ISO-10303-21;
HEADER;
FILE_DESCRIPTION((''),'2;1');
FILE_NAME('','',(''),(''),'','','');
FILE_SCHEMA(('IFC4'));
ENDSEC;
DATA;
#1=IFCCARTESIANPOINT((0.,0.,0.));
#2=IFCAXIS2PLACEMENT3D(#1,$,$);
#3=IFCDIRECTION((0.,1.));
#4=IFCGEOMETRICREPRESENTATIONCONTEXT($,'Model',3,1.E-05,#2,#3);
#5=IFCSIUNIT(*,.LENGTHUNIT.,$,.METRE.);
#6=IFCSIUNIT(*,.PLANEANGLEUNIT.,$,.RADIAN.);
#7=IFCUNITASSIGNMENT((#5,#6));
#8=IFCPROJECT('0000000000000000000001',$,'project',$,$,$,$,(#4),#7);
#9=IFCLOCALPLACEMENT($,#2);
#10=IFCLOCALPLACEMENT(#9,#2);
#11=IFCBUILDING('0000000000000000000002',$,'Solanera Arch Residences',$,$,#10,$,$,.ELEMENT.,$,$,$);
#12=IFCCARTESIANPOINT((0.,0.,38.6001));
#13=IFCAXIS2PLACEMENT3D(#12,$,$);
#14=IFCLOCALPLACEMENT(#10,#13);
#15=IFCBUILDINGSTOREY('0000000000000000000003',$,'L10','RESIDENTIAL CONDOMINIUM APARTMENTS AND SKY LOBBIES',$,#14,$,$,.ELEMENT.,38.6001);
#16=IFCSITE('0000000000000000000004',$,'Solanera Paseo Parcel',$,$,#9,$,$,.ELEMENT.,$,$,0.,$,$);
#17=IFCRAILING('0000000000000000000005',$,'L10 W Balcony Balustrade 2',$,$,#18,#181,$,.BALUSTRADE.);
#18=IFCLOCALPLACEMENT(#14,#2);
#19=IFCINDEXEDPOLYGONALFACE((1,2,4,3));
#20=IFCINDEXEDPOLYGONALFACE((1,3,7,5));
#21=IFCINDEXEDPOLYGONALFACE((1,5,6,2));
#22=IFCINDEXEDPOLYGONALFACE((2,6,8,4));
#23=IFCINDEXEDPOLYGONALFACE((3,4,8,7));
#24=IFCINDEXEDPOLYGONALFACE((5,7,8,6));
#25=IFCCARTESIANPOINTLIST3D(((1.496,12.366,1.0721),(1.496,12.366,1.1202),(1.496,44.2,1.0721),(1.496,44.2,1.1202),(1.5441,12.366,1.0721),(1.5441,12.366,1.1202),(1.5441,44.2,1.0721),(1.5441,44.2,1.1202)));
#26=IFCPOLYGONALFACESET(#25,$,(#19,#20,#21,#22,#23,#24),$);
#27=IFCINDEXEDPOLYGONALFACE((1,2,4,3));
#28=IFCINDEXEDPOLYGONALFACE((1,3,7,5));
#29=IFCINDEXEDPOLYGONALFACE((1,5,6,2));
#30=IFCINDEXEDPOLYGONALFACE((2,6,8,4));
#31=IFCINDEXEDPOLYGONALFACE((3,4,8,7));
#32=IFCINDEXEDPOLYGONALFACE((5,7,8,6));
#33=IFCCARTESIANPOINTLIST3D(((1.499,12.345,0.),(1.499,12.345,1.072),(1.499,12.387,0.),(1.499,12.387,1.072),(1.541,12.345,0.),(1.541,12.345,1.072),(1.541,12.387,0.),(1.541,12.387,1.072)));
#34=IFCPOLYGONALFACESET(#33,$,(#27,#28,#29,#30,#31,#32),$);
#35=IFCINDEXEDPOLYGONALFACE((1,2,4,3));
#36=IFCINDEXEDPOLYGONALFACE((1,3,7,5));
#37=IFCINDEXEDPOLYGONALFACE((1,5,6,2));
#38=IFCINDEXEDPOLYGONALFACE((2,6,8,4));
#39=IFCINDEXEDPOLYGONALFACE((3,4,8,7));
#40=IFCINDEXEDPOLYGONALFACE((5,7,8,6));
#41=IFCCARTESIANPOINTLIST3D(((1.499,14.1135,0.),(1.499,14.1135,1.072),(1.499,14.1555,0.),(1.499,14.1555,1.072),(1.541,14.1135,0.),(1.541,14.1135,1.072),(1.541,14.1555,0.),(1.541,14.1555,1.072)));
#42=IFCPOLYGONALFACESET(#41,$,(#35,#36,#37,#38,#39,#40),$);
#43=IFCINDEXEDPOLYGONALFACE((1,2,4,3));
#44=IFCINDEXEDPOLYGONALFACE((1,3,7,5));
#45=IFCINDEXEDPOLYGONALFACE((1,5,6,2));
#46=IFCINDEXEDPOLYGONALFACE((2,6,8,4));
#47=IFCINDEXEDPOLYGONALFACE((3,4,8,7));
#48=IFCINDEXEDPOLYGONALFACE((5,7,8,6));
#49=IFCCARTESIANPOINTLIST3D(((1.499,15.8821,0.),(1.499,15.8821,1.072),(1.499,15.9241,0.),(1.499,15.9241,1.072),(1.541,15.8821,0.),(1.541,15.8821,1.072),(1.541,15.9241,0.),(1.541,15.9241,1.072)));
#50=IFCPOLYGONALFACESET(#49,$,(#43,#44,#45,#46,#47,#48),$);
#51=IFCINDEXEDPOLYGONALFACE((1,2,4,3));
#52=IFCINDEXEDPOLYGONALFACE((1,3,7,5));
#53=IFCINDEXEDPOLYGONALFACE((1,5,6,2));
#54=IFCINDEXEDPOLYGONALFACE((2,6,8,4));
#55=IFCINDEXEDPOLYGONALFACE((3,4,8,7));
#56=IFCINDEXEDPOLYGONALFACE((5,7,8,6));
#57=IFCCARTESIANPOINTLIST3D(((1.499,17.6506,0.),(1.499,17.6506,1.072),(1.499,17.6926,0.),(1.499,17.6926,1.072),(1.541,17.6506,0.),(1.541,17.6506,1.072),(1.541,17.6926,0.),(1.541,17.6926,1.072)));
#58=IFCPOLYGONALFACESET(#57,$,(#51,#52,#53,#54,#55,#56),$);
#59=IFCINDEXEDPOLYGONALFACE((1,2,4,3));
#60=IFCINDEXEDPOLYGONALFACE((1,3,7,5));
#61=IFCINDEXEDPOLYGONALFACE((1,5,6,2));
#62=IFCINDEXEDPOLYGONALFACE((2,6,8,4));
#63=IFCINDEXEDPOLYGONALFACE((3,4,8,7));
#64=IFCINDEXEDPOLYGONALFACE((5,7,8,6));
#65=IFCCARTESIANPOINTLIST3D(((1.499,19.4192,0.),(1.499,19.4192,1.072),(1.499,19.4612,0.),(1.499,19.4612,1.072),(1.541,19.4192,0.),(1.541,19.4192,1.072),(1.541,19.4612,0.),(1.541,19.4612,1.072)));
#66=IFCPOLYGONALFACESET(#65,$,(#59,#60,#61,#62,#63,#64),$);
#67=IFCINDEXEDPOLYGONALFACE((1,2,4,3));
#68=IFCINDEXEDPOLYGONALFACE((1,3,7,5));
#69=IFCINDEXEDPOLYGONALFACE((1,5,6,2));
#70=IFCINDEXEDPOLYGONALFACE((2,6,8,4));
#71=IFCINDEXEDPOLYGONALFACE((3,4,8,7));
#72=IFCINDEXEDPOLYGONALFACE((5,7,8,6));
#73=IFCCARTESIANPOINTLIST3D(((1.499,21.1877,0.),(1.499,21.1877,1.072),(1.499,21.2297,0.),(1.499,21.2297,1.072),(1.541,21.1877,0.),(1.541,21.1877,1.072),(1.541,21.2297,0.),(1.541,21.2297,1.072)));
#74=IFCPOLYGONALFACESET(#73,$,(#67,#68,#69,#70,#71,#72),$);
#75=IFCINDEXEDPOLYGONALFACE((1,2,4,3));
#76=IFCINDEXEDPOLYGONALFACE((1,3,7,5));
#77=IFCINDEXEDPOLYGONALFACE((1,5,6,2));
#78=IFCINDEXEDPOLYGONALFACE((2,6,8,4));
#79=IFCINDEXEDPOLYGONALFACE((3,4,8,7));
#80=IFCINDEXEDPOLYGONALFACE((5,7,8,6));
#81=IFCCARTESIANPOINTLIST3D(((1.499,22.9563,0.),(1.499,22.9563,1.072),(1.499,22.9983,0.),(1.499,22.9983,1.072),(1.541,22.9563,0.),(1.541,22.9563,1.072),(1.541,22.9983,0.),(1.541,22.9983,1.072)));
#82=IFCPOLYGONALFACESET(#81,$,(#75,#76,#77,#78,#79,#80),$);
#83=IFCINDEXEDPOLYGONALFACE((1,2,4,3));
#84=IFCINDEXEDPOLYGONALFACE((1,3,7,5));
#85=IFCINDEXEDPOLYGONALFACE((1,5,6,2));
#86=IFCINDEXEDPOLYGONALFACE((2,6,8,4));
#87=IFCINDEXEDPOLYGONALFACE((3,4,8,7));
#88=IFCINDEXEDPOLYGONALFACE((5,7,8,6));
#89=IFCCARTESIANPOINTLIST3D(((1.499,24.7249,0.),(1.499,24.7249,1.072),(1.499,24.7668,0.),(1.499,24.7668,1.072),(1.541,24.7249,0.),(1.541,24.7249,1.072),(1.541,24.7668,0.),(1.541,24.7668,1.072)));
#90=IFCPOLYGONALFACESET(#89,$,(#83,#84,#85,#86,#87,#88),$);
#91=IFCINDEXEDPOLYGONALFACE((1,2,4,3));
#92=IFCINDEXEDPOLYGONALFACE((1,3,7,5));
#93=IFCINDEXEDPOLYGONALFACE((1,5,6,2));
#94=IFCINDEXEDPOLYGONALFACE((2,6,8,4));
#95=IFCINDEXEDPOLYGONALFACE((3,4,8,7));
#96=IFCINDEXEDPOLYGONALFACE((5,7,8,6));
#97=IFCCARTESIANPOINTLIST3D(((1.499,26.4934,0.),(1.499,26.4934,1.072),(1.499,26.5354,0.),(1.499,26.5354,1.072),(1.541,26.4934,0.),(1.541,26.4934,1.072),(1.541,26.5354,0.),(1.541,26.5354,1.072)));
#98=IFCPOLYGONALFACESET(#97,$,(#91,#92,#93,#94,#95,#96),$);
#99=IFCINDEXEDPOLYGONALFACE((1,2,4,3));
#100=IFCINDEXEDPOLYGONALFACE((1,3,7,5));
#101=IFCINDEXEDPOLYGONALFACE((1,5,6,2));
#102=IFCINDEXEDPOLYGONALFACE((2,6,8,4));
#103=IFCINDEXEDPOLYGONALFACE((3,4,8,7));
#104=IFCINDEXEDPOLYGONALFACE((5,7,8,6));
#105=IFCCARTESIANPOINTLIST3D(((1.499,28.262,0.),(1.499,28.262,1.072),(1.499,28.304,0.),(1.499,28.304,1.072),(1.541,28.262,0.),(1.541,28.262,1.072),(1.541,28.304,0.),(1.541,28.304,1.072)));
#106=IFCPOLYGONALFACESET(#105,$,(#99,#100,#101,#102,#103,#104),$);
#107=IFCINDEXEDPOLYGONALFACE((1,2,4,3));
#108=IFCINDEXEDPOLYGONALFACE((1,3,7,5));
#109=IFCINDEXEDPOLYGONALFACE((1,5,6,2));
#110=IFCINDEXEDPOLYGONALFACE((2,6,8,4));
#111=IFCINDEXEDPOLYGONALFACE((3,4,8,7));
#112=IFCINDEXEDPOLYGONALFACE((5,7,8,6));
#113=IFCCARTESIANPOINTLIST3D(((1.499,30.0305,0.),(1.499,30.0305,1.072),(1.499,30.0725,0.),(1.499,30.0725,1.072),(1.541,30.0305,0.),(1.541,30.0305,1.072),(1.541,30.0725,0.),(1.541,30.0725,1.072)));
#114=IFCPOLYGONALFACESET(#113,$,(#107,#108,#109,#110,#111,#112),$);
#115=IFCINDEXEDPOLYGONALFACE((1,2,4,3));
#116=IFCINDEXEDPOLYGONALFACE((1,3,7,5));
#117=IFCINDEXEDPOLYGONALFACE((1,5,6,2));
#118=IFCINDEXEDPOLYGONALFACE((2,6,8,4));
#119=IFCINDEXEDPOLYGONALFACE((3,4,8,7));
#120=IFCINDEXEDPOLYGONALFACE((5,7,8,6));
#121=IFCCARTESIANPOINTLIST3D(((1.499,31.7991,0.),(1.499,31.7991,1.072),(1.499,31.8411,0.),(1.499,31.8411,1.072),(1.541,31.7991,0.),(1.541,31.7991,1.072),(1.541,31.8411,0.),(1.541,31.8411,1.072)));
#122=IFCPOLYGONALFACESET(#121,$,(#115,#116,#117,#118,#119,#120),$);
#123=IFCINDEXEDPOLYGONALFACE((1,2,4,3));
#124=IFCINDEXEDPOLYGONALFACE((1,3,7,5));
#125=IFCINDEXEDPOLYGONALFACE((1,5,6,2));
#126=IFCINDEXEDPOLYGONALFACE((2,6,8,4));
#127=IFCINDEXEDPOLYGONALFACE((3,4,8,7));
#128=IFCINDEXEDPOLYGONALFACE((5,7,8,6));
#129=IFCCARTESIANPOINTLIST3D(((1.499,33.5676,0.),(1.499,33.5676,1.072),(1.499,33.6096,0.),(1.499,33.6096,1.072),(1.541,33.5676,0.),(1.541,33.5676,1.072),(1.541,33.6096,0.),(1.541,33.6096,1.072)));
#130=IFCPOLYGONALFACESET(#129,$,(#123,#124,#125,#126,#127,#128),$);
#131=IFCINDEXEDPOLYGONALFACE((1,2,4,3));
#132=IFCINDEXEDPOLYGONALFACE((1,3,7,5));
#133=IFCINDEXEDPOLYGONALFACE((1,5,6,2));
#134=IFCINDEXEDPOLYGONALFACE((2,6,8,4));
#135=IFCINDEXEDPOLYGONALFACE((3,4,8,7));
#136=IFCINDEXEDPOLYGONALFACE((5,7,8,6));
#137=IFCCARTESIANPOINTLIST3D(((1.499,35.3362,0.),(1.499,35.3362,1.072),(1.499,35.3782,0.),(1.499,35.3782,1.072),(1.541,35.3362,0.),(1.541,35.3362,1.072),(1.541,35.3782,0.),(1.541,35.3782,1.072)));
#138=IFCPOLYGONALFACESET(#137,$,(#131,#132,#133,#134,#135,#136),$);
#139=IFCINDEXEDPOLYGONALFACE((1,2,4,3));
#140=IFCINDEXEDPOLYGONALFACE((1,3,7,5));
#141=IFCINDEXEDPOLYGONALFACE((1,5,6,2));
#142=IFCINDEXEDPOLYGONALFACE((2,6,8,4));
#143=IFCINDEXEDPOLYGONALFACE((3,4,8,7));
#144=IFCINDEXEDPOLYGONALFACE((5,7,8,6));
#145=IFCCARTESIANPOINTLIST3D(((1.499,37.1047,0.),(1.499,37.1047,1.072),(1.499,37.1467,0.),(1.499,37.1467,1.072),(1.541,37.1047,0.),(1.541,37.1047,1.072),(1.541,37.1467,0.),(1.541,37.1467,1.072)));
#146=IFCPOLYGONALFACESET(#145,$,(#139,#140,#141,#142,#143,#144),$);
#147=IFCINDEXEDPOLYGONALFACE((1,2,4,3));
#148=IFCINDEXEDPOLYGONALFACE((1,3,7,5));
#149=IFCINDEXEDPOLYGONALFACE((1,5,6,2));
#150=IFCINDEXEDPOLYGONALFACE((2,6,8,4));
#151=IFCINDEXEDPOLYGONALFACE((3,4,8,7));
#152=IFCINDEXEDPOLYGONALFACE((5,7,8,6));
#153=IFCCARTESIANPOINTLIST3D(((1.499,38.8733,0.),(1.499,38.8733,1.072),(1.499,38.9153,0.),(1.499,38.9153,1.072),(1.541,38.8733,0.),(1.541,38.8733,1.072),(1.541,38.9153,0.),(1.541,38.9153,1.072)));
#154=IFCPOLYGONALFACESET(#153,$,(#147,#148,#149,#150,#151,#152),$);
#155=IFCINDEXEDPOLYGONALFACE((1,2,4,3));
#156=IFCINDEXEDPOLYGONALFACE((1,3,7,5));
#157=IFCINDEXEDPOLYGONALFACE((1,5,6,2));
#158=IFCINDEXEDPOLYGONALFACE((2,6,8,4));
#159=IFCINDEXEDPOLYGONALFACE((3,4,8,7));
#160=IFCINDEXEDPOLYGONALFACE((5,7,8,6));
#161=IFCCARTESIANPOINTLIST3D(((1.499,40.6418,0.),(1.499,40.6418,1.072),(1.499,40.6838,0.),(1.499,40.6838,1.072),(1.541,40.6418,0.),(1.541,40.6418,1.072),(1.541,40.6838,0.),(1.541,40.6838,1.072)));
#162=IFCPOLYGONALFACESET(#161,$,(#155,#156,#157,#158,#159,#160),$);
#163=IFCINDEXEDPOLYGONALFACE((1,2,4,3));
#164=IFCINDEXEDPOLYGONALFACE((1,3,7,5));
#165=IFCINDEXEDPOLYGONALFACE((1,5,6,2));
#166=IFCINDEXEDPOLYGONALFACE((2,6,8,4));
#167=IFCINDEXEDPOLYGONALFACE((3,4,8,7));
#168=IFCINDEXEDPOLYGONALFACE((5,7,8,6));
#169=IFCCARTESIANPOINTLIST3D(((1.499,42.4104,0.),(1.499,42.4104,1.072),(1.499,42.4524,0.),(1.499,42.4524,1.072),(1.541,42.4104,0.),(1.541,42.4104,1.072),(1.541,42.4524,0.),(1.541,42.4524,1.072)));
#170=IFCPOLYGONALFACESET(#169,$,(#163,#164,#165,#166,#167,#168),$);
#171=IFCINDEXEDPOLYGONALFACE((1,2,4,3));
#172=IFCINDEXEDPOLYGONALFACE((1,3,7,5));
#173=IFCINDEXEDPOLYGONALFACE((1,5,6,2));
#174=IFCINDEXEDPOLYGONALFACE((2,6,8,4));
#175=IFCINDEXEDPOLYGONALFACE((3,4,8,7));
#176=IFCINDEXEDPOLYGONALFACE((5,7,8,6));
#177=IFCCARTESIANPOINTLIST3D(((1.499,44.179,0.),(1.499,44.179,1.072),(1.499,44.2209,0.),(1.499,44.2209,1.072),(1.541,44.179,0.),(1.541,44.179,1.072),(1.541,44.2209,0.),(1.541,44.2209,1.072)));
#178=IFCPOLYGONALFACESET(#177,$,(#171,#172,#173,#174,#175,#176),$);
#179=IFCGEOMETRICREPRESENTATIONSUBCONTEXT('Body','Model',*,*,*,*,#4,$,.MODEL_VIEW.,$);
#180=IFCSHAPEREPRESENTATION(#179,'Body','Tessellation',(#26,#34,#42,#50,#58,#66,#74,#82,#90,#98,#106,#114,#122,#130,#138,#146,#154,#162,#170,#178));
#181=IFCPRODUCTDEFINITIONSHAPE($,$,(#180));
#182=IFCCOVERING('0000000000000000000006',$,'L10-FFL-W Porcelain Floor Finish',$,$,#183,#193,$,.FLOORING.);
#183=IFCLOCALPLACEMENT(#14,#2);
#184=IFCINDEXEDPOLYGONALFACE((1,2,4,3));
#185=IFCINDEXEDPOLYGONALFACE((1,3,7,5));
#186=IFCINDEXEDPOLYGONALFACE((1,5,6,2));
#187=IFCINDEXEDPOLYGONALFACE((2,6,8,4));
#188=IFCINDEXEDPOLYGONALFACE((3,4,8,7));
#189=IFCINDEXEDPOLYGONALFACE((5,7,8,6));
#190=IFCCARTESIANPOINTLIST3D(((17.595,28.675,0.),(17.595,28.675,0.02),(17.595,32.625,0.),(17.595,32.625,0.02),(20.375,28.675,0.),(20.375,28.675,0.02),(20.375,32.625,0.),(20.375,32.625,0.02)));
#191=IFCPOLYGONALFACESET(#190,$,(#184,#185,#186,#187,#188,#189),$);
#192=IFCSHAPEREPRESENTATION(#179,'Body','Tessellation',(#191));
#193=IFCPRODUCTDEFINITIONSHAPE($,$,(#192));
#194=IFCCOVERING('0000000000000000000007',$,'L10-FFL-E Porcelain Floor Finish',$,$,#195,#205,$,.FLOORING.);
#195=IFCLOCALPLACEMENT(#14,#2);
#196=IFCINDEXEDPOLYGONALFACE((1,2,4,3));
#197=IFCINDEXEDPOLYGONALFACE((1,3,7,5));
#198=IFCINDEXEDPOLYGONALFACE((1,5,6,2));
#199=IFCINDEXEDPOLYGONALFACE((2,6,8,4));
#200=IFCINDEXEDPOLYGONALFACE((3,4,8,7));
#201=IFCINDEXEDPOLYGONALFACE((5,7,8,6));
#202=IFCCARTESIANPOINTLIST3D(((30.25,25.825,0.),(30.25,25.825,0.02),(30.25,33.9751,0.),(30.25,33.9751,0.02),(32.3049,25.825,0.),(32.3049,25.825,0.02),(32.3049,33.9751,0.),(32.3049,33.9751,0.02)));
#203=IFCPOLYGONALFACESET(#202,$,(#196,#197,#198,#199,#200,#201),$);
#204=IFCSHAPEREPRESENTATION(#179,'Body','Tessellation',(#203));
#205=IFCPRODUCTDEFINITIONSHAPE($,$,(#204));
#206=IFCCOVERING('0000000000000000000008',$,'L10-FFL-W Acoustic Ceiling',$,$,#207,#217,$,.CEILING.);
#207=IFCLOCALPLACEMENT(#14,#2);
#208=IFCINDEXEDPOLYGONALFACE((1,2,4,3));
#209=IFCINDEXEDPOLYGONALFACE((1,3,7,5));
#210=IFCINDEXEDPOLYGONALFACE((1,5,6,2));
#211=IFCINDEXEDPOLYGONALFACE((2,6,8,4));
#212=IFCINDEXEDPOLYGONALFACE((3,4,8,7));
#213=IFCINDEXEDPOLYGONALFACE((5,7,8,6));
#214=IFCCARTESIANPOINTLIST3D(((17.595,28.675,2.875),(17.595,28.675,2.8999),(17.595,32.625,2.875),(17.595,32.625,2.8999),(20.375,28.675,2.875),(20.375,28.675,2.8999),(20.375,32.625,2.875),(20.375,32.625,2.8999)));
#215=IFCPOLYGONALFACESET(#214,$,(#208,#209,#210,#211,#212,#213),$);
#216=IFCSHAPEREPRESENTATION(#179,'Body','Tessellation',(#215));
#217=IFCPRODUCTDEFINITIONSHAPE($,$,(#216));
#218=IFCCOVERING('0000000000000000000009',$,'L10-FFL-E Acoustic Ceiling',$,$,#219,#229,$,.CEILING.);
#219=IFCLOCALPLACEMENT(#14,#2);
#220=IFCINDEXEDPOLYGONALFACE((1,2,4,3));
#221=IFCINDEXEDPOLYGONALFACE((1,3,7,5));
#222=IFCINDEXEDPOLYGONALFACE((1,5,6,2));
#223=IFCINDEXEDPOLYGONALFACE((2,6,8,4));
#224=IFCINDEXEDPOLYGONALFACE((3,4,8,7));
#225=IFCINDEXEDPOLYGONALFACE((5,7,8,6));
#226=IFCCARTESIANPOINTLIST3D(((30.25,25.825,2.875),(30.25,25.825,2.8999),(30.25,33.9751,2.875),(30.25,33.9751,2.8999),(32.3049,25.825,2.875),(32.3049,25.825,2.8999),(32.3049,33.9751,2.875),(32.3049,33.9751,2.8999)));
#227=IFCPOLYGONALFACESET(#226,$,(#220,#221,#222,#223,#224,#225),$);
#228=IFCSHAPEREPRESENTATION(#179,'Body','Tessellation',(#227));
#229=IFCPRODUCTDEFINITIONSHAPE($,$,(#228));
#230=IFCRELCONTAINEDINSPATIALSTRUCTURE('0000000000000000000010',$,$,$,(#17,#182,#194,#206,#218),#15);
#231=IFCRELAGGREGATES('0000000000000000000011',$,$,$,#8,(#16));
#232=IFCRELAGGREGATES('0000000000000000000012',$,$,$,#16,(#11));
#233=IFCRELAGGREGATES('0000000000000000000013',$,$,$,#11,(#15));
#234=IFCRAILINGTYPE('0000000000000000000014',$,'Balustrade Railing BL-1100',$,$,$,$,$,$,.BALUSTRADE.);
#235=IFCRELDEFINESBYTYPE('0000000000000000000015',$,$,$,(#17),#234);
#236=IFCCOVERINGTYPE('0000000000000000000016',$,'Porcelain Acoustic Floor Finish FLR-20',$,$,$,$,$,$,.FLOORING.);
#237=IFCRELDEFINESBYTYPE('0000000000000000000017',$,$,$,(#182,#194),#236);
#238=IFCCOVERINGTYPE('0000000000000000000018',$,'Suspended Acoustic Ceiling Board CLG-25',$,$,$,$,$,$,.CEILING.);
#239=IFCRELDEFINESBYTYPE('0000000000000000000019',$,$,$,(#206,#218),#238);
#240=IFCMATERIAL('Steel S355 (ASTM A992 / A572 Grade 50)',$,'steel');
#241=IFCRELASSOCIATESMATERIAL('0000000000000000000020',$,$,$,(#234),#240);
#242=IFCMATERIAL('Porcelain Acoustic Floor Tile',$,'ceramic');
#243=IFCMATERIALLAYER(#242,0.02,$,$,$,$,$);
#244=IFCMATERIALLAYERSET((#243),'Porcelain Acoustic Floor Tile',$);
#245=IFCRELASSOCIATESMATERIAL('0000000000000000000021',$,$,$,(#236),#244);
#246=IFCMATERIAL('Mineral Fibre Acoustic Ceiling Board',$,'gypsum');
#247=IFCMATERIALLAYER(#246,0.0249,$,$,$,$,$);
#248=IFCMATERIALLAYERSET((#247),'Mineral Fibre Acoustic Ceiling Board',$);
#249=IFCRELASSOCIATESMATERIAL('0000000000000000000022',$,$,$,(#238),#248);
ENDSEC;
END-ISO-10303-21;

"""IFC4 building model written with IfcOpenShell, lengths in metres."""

from ifc_helpers import new_model, si_unit, direction, frame, origin, origin_2d, place, context, subcontext, project, spatial, polyline, rectangle, outline, extrude, material, layer, layer_set, type_object, element, save


model = new_model("IFC4")

# Units and contexts
model_context = context("Model", 3, precision=1e-05, world=origin(), true_north=direction((0.0, 1.0)))
body_context = subcontext(model_context, "Body", "Model", "MODEL_VIEW")
ifc_project = project(units=[si_unit("LENGTHUNIT", "METRE"), si_unit("PLANEANGLEUNIT", "RADIAN")], contexts=[model_context])

# Site, building, storey
site_placement = place(None, origin())
site = spatial("IfcSite", under=ifc_project, at=site_placement, Name="Solanera Paseo Parcel", CompositionType="ELEMENT", RefElevation=0.0)
building_placement = place(site_placement, origin())
building = spatial("IfcBuilding", under=site, at=building_placement, Name="Solanera Arch Residences", CompositionType="ELEMENT")
storey_placement = place(building_placement, frame((0.0, 0.0, 38.6001)))
storey = spatial("IfcBuildingStorey", under=building, at=storey_placement, Name="L10", Description="RESIDENTIAL CONDOMINIUM APARTMENTS AND SKY LOBBIES", CompositionType="ELEMENT", Elevation=38.6001)

# Railing
ifc_material_1 = material(Name="Steel S355 (ASTM A992 / A572 Grade 50)", Category="steel")
railing_type = type_object("IfcRailingType", Name="Balustrade Railing BL-1100", PredefinedType="BALUSTRADE", material=ifc_material_1)
railing_placement = place(storey_placement, frame((1.52, 12.366, 0.0)))
element("IfcRailing", 1, at=railing_placement, inside=storey, type_object=railing_type, Name="L10 W Balcony Balustrade 2", PredefinedType="BALUSTRADE", context=body_context, shape_type="SweptSolid", body=[
    extrude(rectangle(XDim=0.0481, YDim=0.0481, at=origin_2d()), frame((0.0, 0.0, 1.0962), z_axis=(0.0, 1.0, 0.0), x_axis=(-1.0, 0.0, 0.0)), (0.0, 0.0, 1.0), 31.834),
    extrude(rectangle(XDim=0.042, YDim=0.042, at=origin_2d()), origin(), (0.0, 0.0, 1.0), 1.072),
    extrude(rectangle(XDim=0.042, YDim=0.042, at=origin_2d()), frame((0.0, 1.7686, 0.0)), (0.0, 0.0, 1.0), 1.072),
    extrude(rectangle(XDim=0.042, YDim=0.042, at=origin_2d()), frame((0.0, 3.5371, 0.0)), (0.0, 0.0, 1.0), 1.072),
    extrude(rectangle(XDim=0.042, YDim=0.042, at=origin_2d()), frame((0.0, 5.3057, 0.0)), (0.0, 0.0, 1.0), 1.072),
    extrude(rectangle(XDim=0.042, YDim=0.042, at=origin_2d()), frame((0.0, 7.0742, 0.0)), (0.0, 0.0, 1.0), 1.072),
    extrude(rectangle(XDim=0.042, YDim=0.042, at=origin_2d()), frame((0.0, 8.8428, 0.0)), (0.0, 0.0, 1.0), 1.072),
    extrude(rectangle(XDim=0.042, YDim=0.042, at=origin_2d()), frame((0.0, 10.6113, 0.0)), (0.0, 0.0, 1.0), 1.072),
    extrude(rectangle(XDim=0.042, YDim=0.042, at=origin_2d()), frame((0.0, 12.3799, 0.0)), (0.0, 0.0, 1.0), 1.072),
    extrude(rectangle(XDim=0.042, YDim=0.042, at=origin_2d()), frame((0.0, 14.1484, 0.0)), (0.0, 0.0, 1.0), 1.072),
    extrude(rectangle(XDim=0.042, YDim=0.042, at=origin_2d()), frame((0.0, 15.917, 0.0)), (0.0, 0.0, 1.0), 1.072),
    extrude(rectangle(XDim=0.042, YDim=0.042, at=origin_2d()), frame((0.0, 17.6855, 0.0)), (0.0, 0.0, 1.0), 1.072),
    extrude(rectangle(XDim=0.042, YDim=0.042, at=origin_2d()), frame((0.0, 19.4541, 0.0)), (0.0, 0.0, 1.0), 1.072),
    extrude(rectangle(XDim=0.042, YDim=0.042, at=origin_2d()), frame((0.0, 21.2227, 0.0)), (0.0, 0.0, 1.0), 1.072),
    extrude(rectangle(XDim=0.042, YDim=0.042, at=origin_2d()), frame((0.0, 22.9912, 0.0)), (0.0, 0.0, 1.0), 1.072),
    extrude(rectangle(XDim=0.042, YDim=0.042, at=origin_2d()), frame((0.0, 24.7598, 0.0)), (0.0, 0.0, 1.0), 1.072),
    extrude(rectangle(XDim=0.042, YDim=0.042, at=origin_2d()), frame((0.0, 26.5283, 0.0)), (0.0, 0.0, 1.0), 1.072),
    extrude(rectangle(XDim=0.042, YDim=0.042, at=origin_2d()), frame((0.0, 28.2969, 0.0)), (0.0, 0.0, 1.0), 1.072),
    extrude(rectangle(XDim=0.042, YDim=0.042, at=origin_2d()), frame((0.0, 30.0654, 0.0)), (0.0, 0.0, 1.0), 1.072),
    extrude(rectangle(XDim=0.042, YDim=0.042, at=origin_2d()), frame((0.0, 31.834, 0.0)), (0.0, 0.0, 1.0), 1.072),
])

# Coverings
ifc_material_2 = material(Name="Porcelain Acoustic Floor Tile", Category="ceramic")
ifc_layer_1 = layer(ifc_material_2, 0.02)
ifc_layer_set_1 = layer_set([ifc_layer_1], Name="Porcelain Acoustic Floor Tile")
covering_type_1 = type_object("IfcCoveringType", Name="Porcelain Acoustic Floor Finish FLR-20", PredefinedType="FLOORING", material=ifc_layer_set_1)
covering_1_placement = place(storey_placement, origin())
element("IfcCovering", 2, at=covering_1_placement, inside=storey, type_object=covering_type_1, Name="L10-FFL-W Porcelain Floor Finish", PredefinedType="FLOORING", context=body_context, shape_type="SweptSolid", body=[
    extrude(outline(polyline([(20.375, 28.675), (17.595, 28.675), (17.595, 32.625), (20.375, 32.625), (20.375, 28.675)])), origin(), (0.0, 0.0, 1.0), 0.02),
])
covering_2_placement = place(storey_placement, origin())
element("IfcCovering", 3, at=covering_2_placement, inside=storey, type_object=covering_type_1, Name="L10-FFL-E Porcelain Floor Finish", PredefinedType="FLOORING", context=body_context, shape_type="SweptSolid", body=[
    extrude(outline(polyline([(32.3049, 25.825), (30.25, 25.825), (30.25, 33.9751), (32.3049, 33.9751), (32.3049, 25.825)])), origin(), (0.0, 0.0, 1.0), 0.02),
])
ifc_material_3 = material(Name="Mineral Fibre Acoustic Ceiling Board", Category="gypsum")
ifc_layer_2 = layer(ifc_material_3, 0.0249)
ifc_layer_set_2 = layer_set([ifc_layer_2], Name="Mineral Fibre Acoustic Ceiling Board")
covering_type_2 = type_object("IfcCoveringType", Name="Suspended Acoustic Ceiling Board CLG-25", PredefinedType="CEILING", material=ifc_layer_set_2)
covering_3_placement = place(storey_placement, frame((0.0, 0.0, 2.875)))
element("IfcCovering", 4, at=covering_3_placement, inside=storey, type_object=covering_type_2, Name="L10-FFL-W Acoustic Ceiling", PredefinedType="CEILING", context=body_context, shape_type="SweptSolid", body=[
    extrude(outline(polyline([(20.375, 28.675), (17.595, 28.675), (17.595, 32.625), (20.375, 32.625), (20.375, 28.675)])), origin(), (0.0, 0.0, 1.0), 0.0249),
])
covering_4_placement = place(storey_placement, frame((0.0, 0.0, 2.875)))
element("IfcCovering", 5, at=covering_4_placement, inside=storey, type_object=covering_type_2, Name="L10-FFL-E Acoustic Ceiling", PredefinedType="CEILING", context=body_context, shape_type="SweptSolid", body=[
    extrude(outline(polyline([(32.3049, 25.825), (30.25, 25.825), (30.25, 33.9751), (32.3049, 33.9751), (32.3049, 25.825)])), origin(), (0.0, 0.0, 1.0), 0.0249),
])

save(model, "model.ifc")
